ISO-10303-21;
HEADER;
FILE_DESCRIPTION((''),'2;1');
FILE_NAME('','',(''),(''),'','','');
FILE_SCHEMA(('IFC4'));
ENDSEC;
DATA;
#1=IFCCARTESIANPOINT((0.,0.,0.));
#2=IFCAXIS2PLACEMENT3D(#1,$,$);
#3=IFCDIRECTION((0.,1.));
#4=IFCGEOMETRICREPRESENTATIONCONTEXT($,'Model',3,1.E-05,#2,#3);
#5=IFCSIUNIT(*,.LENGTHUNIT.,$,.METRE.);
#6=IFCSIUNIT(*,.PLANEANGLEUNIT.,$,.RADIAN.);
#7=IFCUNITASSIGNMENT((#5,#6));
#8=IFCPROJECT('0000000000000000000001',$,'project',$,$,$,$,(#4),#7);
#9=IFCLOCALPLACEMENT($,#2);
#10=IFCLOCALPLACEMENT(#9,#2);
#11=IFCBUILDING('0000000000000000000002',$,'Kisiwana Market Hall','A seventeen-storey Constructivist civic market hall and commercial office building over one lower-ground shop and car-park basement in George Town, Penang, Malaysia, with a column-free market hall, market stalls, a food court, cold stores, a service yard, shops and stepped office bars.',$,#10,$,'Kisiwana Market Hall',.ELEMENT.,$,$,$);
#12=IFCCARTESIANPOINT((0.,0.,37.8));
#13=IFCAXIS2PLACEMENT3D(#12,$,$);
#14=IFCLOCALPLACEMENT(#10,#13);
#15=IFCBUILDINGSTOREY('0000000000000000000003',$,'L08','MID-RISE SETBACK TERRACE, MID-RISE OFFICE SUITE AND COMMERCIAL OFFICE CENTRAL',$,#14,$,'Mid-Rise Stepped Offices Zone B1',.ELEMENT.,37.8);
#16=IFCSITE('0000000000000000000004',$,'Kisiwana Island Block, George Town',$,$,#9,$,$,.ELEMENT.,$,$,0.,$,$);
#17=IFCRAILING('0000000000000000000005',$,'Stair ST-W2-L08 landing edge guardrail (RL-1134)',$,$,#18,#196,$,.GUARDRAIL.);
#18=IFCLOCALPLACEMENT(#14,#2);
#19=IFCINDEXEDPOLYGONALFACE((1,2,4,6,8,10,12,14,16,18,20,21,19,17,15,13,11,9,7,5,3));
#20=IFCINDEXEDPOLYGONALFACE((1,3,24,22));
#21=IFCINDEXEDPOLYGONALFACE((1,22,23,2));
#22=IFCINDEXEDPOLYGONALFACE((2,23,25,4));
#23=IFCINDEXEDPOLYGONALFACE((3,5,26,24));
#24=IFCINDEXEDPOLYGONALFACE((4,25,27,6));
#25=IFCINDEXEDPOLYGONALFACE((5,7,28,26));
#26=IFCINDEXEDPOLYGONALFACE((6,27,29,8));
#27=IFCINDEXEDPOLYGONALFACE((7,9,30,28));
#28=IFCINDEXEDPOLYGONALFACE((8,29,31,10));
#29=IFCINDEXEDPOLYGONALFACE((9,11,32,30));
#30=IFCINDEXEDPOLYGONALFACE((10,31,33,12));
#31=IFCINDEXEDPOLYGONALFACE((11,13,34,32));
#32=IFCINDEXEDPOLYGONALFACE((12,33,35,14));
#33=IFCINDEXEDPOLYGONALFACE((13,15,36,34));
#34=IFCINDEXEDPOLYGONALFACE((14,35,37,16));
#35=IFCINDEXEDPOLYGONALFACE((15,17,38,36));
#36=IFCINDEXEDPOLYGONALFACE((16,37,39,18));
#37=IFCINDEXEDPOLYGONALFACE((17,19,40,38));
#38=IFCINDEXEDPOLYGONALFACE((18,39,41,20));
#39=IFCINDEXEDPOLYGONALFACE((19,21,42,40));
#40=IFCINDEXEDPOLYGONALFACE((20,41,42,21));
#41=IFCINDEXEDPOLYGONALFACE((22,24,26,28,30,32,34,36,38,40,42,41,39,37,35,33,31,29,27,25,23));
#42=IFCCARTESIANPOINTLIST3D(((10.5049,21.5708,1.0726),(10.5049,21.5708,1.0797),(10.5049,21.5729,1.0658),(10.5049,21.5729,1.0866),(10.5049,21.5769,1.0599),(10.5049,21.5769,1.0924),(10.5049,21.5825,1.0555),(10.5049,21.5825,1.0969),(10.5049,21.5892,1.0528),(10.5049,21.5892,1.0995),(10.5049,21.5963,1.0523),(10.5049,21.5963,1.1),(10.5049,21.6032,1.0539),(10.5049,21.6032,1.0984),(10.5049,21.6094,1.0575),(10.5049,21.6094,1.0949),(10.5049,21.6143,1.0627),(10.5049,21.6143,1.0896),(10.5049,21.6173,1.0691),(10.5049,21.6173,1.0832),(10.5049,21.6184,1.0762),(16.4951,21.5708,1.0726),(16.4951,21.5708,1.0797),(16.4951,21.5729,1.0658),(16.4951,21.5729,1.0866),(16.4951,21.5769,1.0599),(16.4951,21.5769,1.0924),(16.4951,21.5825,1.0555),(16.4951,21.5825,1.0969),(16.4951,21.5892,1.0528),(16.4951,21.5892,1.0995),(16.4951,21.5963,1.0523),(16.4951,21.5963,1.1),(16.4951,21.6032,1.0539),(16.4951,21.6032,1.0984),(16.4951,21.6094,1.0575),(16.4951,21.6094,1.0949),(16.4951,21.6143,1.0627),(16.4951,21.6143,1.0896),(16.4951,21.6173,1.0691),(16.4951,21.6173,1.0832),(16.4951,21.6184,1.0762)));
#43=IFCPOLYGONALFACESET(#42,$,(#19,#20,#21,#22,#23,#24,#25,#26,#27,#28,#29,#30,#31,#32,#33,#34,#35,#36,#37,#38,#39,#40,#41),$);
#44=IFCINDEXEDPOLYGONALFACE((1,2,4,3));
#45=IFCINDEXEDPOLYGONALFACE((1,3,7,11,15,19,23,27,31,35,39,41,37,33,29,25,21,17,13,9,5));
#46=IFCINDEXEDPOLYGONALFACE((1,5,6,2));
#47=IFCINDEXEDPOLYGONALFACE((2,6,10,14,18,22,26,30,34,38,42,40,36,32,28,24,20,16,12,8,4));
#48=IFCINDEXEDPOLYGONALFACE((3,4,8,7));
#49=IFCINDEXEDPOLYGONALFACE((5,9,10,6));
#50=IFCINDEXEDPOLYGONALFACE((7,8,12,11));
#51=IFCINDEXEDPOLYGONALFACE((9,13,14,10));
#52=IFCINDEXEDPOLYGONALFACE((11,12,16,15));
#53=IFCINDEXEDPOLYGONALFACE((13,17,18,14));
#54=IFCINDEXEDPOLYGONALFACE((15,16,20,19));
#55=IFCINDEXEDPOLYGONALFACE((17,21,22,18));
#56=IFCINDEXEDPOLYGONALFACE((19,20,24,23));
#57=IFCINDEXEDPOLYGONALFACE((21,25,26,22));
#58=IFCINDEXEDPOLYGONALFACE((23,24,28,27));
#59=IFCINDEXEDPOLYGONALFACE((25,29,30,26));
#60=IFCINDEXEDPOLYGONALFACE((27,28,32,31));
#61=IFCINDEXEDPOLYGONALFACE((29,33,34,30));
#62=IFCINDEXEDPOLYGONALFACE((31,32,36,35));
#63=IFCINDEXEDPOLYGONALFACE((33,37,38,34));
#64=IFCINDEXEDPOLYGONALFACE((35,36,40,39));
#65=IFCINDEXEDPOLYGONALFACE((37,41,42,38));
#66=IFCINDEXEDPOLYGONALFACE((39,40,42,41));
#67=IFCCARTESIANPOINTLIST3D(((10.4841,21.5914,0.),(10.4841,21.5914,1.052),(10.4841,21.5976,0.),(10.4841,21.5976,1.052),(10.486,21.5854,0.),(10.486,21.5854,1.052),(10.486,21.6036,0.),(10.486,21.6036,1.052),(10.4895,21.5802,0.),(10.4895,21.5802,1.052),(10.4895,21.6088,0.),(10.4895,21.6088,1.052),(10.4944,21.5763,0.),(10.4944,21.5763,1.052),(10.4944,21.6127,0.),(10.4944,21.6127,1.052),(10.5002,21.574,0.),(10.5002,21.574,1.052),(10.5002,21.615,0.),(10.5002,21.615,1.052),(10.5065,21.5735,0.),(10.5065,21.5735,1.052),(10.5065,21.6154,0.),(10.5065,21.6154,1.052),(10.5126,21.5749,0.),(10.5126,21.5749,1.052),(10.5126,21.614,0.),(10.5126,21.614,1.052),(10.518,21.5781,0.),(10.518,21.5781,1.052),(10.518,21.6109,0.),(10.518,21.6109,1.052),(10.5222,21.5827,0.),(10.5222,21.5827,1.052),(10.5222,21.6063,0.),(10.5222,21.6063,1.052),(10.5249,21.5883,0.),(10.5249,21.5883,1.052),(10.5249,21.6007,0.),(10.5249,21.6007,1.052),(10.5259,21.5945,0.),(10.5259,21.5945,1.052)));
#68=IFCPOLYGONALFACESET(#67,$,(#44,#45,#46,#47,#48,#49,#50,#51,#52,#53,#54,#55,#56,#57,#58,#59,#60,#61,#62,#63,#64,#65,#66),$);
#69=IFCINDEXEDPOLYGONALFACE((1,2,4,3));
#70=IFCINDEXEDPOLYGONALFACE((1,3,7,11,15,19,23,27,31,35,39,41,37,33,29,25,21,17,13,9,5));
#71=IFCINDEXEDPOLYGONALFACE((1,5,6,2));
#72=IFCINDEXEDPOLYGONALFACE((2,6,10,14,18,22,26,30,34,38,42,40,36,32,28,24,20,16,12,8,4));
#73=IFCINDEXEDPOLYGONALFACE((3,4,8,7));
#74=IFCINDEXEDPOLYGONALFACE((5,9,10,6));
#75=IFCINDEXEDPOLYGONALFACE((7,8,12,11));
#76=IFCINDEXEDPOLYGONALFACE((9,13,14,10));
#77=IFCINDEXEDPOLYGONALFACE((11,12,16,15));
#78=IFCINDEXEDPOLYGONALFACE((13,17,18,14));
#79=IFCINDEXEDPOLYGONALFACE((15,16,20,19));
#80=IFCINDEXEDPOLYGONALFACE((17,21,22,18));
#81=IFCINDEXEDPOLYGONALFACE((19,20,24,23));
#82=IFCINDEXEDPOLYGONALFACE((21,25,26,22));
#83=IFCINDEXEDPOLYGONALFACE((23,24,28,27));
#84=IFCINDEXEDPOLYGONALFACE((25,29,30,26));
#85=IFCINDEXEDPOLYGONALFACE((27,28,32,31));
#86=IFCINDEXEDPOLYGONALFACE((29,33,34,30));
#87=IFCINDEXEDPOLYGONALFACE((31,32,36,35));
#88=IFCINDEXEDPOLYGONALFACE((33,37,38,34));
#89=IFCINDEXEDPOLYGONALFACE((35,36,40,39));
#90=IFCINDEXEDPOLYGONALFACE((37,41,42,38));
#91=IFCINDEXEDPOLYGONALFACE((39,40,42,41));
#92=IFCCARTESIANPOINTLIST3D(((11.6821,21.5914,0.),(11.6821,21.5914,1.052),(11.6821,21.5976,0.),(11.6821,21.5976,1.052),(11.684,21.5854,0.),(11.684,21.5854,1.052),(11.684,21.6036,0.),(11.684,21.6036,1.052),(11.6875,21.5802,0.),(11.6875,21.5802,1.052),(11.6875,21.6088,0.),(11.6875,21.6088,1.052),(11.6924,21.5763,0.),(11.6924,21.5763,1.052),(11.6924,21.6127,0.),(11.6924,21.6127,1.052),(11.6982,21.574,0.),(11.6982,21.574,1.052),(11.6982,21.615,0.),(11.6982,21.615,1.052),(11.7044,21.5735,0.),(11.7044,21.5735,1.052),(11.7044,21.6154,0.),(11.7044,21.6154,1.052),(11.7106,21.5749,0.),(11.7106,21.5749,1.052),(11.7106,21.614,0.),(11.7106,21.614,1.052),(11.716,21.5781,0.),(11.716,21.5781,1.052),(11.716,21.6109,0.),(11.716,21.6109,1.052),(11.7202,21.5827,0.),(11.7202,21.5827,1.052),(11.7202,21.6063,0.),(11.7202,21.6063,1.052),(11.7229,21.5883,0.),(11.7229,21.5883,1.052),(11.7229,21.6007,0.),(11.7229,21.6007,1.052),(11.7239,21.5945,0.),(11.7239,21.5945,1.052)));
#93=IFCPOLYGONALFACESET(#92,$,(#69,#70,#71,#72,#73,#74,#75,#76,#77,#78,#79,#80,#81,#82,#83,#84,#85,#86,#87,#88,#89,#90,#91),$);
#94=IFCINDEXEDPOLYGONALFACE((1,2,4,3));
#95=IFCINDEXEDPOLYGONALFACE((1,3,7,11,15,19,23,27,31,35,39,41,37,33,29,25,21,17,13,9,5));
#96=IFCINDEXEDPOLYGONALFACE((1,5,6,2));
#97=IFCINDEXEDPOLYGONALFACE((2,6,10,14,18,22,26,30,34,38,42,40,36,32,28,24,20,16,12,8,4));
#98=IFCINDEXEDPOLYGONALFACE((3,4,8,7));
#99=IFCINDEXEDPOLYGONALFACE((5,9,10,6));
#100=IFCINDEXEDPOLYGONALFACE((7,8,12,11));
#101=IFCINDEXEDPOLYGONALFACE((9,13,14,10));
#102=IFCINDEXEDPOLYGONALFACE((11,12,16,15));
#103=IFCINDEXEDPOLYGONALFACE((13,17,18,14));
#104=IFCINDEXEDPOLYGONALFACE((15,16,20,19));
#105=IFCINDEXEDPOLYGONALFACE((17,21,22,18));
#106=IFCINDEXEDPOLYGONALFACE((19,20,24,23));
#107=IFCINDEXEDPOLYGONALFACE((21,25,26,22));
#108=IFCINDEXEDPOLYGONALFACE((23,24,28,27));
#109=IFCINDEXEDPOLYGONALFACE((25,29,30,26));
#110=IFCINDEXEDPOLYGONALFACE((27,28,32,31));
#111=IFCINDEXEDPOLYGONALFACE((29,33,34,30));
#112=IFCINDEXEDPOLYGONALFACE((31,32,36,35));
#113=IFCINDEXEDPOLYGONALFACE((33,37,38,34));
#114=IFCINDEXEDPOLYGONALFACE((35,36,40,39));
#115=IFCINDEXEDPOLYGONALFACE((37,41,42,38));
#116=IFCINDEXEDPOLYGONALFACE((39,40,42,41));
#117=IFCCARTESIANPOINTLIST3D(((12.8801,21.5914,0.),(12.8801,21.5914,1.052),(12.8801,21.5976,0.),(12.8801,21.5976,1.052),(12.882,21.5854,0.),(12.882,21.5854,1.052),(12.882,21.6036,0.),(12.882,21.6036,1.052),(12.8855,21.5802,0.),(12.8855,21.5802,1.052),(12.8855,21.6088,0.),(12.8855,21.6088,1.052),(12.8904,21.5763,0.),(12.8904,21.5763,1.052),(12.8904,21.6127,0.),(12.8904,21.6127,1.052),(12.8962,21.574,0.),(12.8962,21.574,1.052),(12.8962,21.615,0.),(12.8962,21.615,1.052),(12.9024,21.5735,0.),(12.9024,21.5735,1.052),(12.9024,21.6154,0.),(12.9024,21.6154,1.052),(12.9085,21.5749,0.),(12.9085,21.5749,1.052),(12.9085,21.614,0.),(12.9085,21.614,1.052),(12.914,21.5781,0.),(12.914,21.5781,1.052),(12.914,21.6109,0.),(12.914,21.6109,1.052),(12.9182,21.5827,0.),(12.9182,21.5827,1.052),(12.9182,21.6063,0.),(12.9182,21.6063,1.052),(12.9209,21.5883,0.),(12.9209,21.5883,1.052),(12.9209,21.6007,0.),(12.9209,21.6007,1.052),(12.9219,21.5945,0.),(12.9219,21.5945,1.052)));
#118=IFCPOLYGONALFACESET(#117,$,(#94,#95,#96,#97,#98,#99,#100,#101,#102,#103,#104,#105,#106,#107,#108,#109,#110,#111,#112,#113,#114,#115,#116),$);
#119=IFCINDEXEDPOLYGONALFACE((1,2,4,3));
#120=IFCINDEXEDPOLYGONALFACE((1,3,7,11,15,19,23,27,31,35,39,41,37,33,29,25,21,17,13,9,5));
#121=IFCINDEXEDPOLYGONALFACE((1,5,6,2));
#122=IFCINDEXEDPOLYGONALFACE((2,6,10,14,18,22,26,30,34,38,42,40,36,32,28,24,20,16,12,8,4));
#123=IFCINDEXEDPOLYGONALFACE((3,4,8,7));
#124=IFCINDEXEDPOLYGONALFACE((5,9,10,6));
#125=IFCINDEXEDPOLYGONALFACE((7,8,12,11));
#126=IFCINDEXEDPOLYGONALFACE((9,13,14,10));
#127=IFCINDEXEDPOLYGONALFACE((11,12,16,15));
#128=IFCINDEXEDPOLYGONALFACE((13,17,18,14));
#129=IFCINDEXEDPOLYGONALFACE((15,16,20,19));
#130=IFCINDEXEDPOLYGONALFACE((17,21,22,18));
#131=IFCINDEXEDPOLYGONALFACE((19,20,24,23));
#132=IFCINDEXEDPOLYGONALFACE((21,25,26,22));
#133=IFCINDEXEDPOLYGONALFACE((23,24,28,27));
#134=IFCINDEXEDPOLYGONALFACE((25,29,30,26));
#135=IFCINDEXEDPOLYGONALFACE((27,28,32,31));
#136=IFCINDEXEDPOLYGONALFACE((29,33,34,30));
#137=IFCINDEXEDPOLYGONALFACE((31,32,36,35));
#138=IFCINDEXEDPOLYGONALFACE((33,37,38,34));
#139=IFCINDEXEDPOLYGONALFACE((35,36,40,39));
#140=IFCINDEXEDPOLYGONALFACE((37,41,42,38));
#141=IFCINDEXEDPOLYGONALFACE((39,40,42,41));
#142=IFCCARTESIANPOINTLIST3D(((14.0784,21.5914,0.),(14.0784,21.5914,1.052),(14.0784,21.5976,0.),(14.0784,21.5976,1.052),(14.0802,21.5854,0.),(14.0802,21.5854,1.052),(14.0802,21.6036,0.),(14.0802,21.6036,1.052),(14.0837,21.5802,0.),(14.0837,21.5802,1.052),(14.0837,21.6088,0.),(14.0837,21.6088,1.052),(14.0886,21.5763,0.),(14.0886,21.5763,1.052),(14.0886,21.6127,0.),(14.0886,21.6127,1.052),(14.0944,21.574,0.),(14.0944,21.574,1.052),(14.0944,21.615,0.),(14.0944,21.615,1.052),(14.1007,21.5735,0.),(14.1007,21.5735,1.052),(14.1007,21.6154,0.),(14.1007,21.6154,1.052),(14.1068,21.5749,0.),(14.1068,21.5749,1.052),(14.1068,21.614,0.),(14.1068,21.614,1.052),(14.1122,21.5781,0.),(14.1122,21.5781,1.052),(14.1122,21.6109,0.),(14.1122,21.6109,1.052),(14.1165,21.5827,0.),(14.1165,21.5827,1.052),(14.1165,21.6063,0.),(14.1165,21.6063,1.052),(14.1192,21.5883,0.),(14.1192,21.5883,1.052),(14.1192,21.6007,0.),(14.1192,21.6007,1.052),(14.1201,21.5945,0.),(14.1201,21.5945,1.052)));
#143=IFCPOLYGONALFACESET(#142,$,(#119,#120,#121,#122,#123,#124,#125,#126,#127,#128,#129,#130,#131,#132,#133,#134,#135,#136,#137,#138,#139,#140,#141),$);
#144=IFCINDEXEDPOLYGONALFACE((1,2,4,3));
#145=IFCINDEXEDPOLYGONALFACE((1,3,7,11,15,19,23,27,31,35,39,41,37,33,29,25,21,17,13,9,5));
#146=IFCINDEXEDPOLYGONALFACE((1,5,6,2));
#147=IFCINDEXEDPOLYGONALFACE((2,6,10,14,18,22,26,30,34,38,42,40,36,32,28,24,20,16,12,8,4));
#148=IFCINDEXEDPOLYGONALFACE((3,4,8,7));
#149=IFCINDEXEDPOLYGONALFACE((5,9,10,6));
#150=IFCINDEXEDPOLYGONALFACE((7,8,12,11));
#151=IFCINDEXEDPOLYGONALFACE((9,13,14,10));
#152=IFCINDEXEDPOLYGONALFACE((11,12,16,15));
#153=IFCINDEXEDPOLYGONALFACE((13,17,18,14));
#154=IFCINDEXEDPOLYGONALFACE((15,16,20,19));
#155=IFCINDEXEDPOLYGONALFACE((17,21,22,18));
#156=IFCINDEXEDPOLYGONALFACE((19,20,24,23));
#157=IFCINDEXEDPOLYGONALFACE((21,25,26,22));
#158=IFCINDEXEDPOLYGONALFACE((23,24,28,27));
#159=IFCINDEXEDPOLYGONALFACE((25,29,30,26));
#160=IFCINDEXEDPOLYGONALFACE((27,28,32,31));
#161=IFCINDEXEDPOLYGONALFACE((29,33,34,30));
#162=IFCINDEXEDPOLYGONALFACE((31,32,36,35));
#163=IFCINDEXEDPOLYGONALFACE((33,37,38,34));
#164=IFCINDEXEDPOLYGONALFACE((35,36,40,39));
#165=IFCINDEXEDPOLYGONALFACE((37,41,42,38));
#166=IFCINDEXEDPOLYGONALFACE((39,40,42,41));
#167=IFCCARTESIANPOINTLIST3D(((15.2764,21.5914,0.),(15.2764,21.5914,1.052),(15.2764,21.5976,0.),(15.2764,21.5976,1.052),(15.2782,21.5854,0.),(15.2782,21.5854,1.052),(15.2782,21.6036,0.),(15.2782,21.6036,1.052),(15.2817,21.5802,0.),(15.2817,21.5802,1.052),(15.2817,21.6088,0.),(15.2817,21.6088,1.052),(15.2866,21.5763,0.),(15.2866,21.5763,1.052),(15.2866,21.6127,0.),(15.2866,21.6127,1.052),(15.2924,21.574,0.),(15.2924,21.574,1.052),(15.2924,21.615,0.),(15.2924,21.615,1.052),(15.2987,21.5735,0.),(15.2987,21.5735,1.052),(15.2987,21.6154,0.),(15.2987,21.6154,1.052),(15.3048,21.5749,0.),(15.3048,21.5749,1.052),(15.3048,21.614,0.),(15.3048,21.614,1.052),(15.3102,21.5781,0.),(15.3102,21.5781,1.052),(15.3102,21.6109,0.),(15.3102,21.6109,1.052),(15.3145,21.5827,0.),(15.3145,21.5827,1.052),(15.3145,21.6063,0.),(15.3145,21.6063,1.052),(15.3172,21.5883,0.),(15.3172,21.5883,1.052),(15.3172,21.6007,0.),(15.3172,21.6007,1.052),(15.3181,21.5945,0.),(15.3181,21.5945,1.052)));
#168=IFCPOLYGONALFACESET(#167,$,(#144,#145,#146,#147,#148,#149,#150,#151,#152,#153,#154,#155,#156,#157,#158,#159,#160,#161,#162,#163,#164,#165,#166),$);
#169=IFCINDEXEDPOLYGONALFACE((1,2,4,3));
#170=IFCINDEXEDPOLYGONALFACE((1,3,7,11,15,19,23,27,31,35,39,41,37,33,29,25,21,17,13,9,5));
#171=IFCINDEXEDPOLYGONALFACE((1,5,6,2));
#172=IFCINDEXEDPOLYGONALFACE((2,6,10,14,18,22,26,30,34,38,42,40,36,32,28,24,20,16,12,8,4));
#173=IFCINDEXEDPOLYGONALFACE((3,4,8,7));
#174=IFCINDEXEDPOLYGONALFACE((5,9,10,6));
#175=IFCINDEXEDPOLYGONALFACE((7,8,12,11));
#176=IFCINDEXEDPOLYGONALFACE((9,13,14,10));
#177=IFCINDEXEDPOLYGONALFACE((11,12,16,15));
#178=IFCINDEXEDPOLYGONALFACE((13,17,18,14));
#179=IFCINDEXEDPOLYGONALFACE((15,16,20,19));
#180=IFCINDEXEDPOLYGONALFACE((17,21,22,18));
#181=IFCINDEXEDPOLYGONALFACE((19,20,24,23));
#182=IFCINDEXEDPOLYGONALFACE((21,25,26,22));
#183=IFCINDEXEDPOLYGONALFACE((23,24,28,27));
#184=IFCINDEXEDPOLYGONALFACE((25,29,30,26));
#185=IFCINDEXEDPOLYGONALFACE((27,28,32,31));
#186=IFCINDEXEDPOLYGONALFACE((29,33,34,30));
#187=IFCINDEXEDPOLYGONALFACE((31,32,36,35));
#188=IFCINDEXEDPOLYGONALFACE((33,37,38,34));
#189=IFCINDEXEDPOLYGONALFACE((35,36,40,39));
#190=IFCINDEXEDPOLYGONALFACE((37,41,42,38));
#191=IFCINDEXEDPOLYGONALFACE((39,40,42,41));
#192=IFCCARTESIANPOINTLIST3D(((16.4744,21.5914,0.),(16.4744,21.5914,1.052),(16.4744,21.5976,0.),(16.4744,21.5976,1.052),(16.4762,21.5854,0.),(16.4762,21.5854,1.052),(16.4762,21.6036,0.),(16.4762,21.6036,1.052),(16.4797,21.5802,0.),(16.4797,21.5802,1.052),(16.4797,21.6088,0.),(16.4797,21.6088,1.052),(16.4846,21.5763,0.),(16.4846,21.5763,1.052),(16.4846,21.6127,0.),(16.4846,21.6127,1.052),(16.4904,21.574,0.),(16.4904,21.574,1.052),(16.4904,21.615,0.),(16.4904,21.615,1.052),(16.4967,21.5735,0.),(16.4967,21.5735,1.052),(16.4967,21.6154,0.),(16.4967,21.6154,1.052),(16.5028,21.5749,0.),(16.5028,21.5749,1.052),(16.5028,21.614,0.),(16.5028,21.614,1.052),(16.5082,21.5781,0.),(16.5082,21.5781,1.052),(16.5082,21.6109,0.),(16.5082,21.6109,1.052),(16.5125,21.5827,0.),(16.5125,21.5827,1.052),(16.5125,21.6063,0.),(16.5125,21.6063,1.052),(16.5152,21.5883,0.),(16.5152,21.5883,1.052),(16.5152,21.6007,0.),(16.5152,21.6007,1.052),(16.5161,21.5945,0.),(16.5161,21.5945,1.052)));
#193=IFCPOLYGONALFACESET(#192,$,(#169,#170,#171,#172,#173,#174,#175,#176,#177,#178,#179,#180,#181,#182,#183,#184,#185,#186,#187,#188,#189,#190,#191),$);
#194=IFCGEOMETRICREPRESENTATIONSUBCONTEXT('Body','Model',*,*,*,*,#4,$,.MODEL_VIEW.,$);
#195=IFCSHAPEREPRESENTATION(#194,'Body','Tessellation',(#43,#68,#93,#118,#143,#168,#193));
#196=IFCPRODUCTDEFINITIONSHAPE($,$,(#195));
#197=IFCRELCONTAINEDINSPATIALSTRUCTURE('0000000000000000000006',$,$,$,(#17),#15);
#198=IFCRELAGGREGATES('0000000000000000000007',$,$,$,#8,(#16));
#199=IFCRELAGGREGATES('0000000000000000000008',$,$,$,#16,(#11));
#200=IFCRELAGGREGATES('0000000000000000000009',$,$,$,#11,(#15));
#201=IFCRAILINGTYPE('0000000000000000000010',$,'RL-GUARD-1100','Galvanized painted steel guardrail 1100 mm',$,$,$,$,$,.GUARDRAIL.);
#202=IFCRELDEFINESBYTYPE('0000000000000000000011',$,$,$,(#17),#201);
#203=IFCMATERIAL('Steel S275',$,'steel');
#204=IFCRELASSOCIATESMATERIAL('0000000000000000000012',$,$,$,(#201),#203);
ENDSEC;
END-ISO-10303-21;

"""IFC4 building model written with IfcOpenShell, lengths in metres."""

from ifc_helpers import new_model, si_unit, direction, frame, origin, origin_2d, place, context, subcontext, project, spatial, circle, extrude, material, type_object, element, save


model = new_model("IFC4")

# Units and contexts
model_context = context("Model", 3, precision=1e-05, world=origin(), true_north=direction((0.0, 1.0)))
body_context = subcontext(model_context, "Body", "Model", "MODEL_VIEW")
ifc_project = project(units=[si_unit("LENGTHUNIT", "METRE"), si_unit("PLANEANGLEUNIT", "RADIAN")], contexts=[model_context])

# Site, building, storey
site_placement = place(None, origin())
site = spatial("IfcSite", under=ifc_project, at=site_placement, Name="Kisiwana Island Block, George Town", CompositionType="ELEMENT", RefElevation=0.0)
building_placement = place(site_placement, origin())
building = spatial("IfcBuilding", under=site, at=building_placement, Name="Kisiwana Market Hall", Description="A seventeen-storey Constructivist civic market hall and commercial office building over one lower-ground shop and car-park basement in George Town, Penang, Malaysia, with a column-free market hall, market stalls, a food court, cold stores, a service yard, shops and stepped office bars.", LongName="Kisiwana Market Hall", CompositionType="ELEMENT")
storey_placement = place(building_placement, frame((0.0, 0.0, 37.8)))
storey = spatial("IfcBuildingStorey", under=building, at=storey_placement, Name="L08", Description="MID-RISE SETBACK TERRACE, MID-RISE OFFICE SUITE AND COMMERCIAL OFFICE CENTRAL", LongName="Mid-Rise Stepped Offices Zone B1", CompositionType="ELEMENT", Elevation=37.8)

# Railing
ifc_material_1 = material(Name="Steel S275", Category="steel")
railing_type_1 = type_object("IfcRailingType", Name="RL-GUARD-1100", Description="Galvanized painted steel guardrail 1100 mm", PredefinedType="GUARDRAIL", material=ifc_material_1)
railing_1_placement = place(storey_placement, frame((10.5049, 21.5945, 0.0)))
element("IfcRailing", 1, at=railing_1_placement, inside=storey, type_object=railing_type_1, Name="Stair ST-W2-L08 landing edge guardrail (RL-1134)", PredefinedType="GUARDRAIL", context=body_context, shape_type="SweptSolid", body=[
    extrude(circle(Radius=0.0239, at=origin_2d()), frame((0.0, 0.0, 1.0762), z_axis=(1.0, 0.0, 0.0), x_axis=(0.0, 1.0, 0.0)), (0.0, 0.0, 1.0), 5.9902),
    extrude(circle(Radius=0.021, at=origin_2d()), origin(), (0.0, 0.0, 1.0), 1.052),
    extrude(circle(Radius=0.021, at=origin_2d()), frame((1.198, 0.0, 0.0)), (0.0, 0.0, 1.0), 1.052),
    extrude(circle(Radius=0.021, at=origin_2d()), frame((2.396, 0.0, 0.0)), (0.0, 0.0, 1.0), 1.052),
    extrude(circle(Radius=0.021, at=origin_2d()), frame((3.5942, 0.0, 0.0)), (0.0, 0.0, 1.0), 1.052),
    extrude(circle(Radius=0.021, at=origin_2d()), frame((4.7922, 0.0, 0.0)), (0.0, 0.0, 1.0), 1.052),
    extrude(circle(Radius=0.021, at=origin_2d()), frame((5.9902, 0.0, 0.0)), (0.0, 0.0, 1.0), 1.052),
])

save(model, "model.ifc")
